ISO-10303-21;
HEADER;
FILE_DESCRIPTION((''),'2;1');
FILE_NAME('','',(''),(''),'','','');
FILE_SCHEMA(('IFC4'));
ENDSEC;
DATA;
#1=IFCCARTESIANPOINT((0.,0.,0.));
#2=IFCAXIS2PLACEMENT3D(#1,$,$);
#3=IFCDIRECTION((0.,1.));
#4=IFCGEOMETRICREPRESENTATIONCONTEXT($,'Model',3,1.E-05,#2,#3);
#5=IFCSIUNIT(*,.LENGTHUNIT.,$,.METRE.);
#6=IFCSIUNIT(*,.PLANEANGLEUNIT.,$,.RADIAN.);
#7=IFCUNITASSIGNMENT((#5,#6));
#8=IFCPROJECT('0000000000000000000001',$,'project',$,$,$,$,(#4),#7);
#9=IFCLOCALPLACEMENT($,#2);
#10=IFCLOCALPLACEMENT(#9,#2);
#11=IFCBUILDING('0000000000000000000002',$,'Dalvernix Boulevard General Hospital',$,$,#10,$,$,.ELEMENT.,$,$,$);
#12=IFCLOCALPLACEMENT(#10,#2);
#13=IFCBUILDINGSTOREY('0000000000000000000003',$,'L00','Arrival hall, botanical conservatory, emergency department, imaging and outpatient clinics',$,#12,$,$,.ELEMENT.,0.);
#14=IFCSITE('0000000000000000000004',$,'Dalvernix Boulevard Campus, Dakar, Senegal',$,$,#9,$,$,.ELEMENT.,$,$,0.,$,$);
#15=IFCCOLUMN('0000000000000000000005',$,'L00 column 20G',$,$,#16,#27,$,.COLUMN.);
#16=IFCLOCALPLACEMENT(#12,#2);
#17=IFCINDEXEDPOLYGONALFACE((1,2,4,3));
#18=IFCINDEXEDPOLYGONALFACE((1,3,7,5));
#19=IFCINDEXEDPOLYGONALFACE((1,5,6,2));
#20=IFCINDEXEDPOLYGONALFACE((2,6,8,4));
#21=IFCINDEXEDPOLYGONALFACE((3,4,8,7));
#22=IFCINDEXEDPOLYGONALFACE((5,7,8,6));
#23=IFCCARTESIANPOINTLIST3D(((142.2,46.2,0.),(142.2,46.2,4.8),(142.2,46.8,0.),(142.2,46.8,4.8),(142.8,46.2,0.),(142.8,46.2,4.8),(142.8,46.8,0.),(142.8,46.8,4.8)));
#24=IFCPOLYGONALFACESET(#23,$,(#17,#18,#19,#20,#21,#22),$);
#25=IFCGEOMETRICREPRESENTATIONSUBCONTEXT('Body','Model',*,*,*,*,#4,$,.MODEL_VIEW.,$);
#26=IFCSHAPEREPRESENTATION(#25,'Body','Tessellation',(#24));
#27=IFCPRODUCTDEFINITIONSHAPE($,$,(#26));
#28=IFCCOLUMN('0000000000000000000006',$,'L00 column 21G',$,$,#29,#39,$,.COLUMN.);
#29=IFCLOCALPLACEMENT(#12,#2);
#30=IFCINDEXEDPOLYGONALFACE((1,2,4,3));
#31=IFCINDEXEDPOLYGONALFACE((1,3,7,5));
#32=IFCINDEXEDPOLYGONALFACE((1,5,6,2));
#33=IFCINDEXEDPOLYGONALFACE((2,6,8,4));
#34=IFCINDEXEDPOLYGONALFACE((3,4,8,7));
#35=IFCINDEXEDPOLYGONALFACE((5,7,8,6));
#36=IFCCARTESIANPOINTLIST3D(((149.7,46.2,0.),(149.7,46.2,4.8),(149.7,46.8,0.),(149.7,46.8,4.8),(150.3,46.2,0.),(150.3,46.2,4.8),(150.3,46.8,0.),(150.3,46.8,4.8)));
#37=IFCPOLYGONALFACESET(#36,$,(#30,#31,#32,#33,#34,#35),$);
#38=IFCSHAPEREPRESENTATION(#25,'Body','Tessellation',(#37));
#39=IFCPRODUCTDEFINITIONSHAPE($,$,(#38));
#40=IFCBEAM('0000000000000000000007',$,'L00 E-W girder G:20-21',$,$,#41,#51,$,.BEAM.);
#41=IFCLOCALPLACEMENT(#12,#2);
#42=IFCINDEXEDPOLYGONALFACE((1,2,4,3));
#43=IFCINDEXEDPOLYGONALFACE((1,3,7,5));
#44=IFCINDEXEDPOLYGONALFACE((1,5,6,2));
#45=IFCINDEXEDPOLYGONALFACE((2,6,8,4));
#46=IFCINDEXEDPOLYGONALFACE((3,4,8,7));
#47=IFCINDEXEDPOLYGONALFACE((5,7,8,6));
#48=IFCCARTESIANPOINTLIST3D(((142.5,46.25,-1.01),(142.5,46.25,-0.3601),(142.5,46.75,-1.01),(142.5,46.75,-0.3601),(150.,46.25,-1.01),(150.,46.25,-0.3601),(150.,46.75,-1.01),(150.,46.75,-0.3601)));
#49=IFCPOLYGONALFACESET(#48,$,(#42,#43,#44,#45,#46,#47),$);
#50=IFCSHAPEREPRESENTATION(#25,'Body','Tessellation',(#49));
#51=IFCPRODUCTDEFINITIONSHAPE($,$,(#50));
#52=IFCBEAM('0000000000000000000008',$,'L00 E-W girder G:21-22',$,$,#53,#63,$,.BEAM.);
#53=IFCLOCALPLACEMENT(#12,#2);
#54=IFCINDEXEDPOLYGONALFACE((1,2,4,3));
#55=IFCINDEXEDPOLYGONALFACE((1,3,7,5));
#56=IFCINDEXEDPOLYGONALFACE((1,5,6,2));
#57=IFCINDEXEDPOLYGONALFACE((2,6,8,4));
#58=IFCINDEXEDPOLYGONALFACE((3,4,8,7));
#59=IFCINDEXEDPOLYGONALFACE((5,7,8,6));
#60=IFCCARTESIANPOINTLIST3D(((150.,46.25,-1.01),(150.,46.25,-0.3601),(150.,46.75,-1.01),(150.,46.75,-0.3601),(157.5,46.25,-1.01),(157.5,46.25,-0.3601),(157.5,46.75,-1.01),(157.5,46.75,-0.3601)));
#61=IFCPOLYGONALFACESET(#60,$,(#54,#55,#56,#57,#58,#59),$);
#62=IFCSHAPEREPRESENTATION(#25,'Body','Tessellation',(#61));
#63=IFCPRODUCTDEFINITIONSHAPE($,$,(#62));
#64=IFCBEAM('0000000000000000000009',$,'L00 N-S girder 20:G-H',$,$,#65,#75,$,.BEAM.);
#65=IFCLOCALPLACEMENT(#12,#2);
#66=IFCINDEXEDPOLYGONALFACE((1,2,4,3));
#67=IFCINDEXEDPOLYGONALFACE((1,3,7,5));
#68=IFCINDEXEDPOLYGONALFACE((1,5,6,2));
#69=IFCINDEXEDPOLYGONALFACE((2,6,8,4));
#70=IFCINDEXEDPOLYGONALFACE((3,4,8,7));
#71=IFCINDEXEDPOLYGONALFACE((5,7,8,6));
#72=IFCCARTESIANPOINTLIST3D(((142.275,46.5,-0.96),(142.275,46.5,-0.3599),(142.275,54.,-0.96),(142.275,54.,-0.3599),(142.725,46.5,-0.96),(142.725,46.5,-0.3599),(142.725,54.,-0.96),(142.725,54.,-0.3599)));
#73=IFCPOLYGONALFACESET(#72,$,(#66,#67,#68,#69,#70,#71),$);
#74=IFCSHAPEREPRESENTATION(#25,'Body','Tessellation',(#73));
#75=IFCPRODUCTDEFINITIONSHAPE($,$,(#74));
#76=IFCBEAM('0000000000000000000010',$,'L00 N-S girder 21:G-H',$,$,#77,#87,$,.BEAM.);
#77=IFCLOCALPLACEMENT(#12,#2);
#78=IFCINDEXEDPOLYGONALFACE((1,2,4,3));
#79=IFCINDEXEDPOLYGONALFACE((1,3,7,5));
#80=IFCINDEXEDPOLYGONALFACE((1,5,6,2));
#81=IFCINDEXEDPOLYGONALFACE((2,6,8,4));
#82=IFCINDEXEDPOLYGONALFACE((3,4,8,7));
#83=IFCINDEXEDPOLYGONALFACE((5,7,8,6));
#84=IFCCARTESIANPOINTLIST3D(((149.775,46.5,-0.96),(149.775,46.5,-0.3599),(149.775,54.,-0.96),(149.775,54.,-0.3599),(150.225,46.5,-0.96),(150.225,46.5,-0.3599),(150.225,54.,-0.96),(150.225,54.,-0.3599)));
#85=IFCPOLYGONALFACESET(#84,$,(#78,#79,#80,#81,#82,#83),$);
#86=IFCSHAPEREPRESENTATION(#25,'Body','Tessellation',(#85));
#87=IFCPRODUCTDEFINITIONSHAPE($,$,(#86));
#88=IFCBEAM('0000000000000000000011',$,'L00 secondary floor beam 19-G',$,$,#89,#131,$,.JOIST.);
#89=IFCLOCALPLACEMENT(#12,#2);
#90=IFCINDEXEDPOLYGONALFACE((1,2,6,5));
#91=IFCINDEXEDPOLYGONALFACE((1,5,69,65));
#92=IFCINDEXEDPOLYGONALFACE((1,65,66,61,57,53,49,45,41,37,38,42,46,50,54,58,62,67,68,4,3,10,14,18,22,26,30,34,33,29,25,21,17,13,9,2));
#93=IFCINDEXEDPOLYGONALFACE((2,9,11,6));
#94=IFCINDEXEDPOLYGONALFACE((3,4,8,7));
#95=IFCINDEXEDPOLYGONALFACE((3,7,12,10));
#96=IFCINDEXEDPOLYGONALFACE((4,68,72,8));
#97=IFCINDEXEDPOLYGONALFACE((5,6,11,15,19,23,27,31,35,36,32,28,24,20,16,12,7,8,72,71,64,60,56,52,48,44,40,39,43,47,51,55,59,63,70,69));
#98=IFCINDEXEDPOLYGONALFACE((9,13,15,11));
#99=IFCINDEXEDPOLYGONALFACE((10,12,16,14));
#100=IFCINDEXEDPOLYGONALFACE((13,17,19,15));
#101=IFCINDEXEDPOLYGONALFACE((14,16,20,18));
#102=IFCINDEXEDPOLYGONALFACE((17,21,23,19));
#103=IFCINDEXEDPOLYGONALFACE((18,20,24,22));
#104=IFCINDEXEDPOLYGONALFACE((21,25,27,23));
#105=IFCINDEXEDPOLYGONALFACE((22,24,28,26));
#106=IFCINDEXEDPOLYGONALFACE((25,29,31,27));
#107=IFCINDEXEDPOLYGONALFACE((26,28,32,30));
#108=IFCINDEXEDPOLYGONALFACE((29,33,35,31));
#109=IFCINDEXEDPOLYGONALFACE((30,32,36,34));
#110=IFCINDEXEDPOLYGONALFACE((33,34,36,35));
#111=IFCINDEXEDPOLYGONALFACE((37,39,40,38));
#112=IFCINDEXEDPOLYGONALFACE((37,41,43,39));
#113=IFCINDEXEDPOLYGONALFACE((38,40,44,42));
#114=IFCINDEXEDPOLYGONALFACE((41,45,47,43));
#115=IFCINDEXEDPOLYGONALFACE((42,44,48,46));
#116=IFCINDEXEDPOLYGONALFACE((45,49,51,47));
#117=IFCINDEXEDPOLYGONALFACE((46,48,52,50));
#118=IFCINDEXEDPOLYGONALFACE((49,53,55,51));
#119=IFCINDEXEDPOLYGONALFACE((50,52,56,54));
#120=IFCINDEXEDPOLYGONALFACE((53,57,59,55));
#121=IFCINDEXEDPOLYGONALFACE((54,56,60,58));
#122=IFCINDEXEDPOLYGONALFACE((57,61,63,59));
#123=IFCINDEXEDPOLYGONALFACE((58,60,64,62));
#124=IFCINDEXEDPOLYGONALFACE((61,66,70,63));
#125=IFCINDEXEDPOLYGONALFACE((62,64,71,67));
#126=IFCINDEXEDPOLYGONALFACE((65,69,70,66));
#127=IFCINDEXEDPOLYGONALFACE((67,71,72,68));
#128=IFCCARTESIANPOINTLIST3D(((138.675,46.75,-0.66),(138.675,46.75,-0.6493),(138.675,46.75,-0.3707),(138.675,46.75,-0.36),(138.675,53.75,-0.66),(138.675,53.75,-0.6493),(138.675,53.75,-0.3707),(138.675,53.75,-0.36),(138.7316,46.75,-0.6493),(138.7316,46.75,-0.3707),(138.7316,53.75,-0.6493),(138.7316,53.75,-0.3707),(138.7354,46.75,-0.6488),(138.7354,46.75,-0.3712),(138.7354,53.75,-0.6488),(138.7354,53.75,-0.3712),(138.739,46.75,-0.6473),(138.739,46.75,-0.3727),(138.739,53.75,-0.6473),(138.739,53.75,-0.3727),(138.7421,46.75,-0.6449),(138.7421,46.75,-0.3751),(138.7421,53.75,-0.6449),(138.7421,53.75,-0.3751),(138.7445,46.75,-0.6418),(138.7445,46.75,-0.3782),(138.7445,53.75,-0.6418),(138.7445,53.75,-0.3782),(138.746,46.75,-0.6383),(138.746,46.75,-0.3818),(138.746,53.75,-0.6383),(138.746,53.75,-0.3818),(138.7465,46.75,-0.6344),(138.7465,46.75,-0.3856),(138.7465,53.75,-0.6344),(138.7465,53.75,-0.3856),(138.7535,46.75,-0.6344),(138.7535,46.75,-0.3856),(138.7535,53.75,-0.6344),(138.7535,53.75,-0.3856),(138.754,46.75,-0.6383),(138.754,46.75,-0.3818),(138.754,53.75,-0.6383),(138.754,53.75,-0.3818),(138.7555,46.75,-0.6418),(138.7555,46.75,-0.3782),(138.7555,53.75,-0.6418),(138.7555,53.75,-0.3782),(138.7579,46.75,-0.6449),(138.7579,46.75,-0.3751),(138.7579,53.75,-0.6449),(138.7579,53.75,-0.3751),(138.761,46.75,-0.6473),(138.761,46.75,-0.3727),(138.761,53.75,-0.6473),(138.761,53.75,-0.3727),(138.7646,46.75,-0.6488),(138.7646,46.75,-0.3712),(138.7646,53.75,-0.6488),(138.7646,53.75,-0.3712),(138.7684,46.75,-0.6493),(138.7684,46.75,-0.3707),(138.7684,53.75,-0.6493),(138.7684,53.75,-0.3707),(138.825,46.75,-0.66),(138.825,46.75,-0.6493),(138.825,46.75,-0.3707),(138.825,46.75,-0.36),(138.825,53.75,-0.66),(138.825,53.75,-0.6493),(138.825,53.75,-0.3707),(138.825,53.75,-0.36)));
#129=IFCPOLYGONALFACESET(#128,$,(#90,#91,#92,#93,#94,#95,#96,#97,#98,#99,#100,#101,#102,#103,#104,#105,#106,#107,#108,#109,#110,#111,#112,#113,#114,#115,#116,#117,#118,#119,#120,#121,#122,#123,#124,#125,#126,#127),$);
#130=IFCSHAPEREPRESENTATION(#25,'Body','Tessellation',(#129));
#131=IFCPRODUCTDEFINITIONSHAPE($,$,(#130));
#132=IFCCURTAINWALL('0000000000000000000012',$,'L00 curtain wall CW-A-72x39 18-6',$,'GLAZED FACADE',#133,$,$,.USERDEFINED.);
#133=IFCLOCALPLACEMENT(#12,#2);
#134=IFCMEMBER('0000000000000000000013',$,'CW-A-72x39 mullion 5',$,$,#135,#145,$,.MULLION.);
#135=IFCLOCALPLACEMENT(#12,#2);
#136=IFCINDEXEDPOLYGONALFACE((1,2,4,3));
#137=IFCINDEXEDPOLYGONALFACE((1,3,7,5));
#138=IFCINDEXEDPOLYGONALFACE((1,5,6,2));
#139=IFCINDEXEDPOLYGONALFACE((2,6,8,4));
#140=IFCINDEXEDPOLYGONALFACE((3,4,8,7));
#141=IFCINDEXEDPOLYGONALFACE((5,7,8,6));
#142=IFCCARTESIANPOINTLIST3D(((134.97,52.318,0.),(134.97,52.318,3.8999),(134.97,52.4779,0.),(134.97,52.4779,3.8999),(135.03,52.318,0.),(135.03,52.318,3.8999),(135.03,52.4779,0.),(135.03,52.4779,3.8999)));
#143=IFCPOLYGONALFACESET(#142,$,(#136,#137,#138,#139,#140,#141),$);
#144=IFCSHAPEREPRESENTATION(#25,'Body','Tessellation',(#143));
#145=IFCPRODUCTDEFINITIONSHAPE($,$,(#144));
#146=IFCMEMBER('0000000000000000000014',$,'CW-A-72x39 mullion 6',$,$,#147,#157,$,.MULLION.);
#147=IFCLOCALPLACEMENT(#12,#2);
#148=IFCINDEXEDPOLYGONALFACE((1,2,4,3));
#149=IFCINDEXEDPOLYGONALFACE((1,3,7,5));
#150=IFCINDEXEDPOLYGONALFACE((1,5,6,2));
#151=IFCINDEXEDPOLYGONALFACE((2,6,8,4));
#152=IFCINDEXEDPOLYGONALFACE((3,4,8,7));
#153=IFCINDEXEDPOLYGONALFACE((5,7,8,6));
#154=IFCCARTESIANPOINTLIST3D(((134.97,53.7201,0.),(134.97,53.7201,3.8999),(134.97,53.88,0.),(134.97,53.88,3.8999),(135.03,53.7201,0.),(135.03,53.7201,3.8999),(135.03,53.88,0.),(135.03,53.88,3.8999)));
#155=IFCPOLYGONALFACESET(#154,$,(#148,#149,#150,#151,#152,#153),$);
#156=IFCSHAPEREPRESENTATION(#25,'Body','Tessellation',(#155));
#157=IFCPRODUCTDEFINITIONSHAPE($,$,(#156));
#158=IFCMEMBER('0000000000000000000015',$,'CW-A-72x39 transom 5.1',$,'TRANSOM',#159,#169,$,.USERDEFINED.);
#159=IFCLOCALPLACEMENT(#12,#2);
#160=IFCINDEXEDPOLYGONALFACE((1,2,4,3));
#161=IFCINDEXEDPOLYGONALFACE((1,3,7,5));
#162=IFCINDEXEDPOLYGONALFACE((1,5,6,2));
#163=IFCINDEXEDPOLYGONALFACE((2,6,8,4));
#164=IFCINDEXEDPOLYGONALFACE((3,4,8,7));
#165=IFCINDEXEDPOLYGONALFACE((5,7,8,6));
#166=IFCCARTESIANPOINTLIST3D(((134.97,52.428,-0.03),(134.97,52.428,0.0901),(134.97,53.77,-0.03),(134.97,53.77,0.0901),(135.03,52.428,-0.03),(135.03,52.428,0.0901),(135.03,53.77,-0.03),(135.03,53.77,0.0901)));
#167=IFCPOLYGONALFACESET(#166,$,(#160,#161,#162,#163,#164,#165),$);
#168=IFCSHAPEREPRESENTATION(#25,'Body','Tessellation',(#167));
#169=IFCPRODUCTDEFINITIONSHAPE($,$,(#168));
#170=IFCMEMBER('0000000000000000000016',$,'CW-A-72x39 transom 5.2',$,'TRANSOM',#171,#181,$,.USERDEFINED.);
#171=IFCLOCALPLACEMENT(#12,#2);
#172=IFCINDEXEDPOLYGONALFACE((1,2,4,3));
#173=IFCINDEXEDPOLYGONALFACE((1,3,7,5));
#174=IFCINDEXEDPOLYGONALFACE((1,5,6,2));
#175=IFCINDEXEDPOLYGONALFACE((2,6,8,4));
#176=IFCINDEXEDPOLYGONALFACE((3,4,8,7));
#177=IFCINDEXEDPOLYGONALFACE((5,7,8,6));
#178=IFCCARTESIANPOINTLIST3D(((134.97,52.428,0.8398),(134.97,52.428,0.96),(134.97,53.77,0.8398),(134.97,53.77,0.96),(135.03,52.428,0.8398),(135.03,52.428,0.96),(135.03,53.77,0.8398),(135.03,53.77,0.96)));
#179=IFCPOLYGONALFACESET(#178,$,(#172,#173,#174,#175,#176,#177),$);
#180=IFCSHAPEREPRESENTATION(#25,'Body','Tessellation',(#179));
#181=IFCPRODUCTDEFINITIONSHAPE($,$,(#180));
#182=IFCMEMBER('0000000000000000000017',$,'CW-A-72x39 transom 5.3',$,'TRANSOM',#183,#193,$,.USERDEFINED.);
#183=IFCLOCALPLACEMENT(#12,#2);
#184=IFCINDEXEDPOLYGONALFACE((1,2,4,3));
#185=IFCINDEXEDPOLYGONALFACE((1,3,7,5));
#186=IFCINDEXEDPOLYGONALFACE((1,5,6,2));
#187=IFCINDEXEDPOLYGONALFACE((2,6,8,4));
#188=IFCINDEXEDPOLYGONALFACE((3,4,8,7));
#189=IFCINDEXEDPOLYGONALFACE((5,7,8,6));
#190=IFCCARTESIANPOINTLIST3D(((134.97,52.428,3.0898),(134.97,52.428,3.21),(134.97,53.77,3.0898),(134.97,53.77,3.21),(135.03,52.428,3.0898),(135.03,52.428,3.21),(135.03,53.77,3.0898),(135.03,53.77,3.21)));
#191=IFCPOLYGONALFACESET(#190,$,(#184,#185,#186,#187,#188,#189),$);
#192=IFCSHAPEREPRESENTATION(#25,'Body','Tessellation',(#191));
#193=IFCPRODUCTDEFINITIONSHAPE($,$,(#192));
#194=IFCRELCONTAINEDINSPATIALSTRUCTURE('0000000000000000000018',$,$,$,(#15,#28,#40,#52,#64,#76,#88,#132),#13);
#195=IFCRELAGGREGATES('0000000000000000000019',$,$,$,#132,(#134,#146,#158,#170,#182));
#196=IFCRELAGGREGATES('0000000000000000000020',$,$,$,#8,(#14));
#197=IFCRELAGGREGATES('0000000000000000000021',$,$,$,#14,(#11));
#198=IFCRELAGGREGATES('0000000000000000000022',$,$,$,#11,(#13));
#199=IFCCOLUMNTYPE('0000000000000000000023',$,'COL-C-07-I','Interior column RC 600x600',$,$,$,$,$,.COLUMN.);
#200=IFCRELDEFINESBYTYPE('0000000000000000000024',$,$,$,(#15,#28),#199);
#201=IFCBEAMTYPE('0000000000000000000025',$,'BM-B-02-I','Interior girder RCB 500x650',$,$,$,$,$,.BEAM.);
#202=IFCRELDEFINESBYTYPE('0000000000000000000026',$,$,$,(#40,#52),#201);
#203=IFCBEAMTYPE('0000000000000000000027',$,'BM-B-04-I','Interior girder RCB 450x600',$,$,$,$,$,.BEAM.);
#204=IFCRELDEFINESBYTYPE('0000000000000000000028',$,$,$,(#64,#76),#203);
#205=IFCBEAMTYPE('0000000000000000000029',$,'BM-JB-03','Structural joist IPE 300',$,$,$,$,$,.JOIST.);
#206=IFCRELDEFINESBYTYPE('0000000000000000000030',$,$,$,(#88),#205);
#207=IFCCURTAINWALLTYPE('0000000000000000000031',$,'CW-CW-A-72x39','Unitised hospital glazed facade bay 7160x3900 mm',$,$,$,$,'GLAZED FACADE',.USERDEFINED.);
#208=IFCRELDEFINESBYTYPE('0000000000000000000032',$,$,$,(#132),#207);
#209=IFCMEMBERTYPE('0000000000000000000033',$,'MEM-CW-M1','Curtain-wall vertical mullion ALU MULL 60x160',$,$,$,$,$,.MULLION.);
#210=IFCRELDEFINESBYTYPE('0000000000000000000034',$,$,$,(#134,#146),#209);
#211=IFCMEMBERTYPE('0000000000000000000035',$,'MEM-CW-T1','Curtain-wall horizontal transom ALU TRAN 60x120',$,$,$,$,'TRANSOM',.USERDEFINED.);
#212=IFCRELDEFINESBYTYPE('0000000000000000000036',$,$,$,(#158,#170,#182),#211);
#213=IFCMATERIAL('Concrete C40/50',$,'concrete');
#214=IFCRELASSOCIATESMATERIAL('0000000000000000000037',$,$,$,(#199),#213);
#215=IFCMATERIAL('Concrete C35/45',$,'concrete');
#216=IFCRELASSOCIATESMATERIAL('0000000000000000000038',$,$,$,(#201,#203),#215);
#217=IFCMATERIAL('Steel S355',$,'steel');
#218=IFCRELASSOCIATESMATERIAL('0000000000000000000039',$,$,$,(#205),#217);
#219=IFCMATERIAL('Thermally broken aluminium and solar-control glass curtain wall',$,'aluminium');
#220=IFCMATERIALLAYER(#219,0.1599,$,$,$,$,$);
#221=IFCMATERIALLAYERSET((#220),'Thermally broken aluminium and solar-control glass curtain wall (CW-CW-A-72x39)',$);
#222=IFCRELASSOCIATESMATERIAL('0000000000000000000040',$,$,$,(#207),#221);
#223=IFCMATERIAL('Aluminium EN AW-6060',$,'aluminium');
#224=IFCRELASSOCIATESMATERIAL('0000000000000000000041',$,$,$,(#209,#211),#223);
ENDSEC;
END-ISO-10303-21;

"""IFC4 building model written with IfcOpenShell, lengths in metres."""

from ifc_helpers import new_model, si_unit, direction, frame, origin, origin_2d, place, context, subcontext, project, spatial, rectangle, i_section, extrude, material, layer, layer_set, material_profile, profile_set, type_object, element, aggregate, save


model = new_model("IFC4")

# Units and contexts
model_context = context("Model", 3, precision=1e-05, world=origin(), true_north=direction((0.0, 1.0)))
body_context = subcontext(model_context, "Body", "Model", "MODEL_VIEW")
ifc_project = project(units=[si_unit("LENGTHUNIT", "METRE"), si_unit("PLANEANGLEUNIT", "RADIAN")], contexts=[model_context])

# Site, building, storey
site_placement = place(None, origin())
site = spatial("IfcSite", under=ifc_project, at=site_placement, Name="Dalvernix Boulevard Campus, Dakar, Senegal", CompositionType="ELEMENT", RefElevation=0.0)
building_placement = place(site_placement, origin())
building = spatial("IfcBuilding", under=site, at=building_placement, Name="Dalvernix Boulevard General Hospital", CompositionType="ELEMENT")
storey_placement = place(building_placement, origin())
storey = spatial("IfcBuildingStorey", under=building, at=storey_placement, Name="L00", Description="Arrival hall, botanical conservatory, emergency department, imaging and outpatient clinics", CompositionType="ELEMENT", Elevation=0.0)

# Columns
ifc_material_1 = material(Name="Concrete C40/50", Category="concrete")
ifc_material_profile_1 = material_profile(ifc_material_1, rectangle(XDim=0.6001, YDim=0.6001, at=origin_2d()), Name="RC 600x600")
ifc_profile_set_1 = profile_set([ifc_material_profile_1], Name="Concrete C40/50")
column_type = type_object("IfcColumnType", Name="COL-C-07-I", Description="Interior column RC 600x600", PredefinedType="COLUMN", material=ifc_profile_set_1)
for number, where, z_axis, x_axis, name in (
    (1, (142.5, 46.5, 0.0), (0.0, 0.0, 1.0), (1.0, 0.0, 0.0), "L00 column 20G"),
    (2, (150.0, 46.5, 0.0), (0.0, 0.0, 1.0), (1.0, 0.0, 0.0), "L00 column 21G"),
):
    element("IfcColumn", number, at=place(storey_placement, frame(where, z_axis=z_axis, x_axis=x_axis)), inside=storey, type_object=column_type, Name=name, PredefinedType="COLUMN", context=body_context, shape_type="SweptSolid", body=[
        extrude(rectangle(XDim=0.6001, YDim=0.6001, at=origin_2d()), origin(), (0.0, 0.0, 1.0), 4.8),
    ])

# Beams
ifc_material_2 = material(Name="Concrete C35/45", Category="concrete")
ifc_material_profile_2 = material_profile(ifc_material_2, rectangle(XDim=0.5, YDim=0.6499, at=origin_2d()), Name="RCB 500x650")
ifc_profile_set_2 = profile_set([ifc_material_profile_2], Name="Concrete C35/45")
beam_type_1 = type_object("IfcBeamType", Name="BM-B-02-I", Description="Interior girder RCB 500x650", PredefinedType="BEAM", material=ifc_profile_set_2)
for number, where, z_axis, x_axis, name in (
    (3, (142.5, 46.5, -0.6851), (1.0, 0.0, 0.0), (0.0, 1.0, 0.0), "L00 E-W girder G:20-21"),
    (4, (150.0, 46.5, -0.6851), (1.0, 0.0, 0.0), (0.0, 1.0, 0.0), "L00 E-W girder G:21-22"),
):
    element("IfcBeam", number, at=place(storey_placement, frame(where, z_axis=z_axis, x_axis=x_axis)), inside=storey, type_object=beam_type_1, Name=name, PredefinedType="BEAM", context=body_context, shape_type="SweptSolid", body=[
        extrude(rectangle(XDim=0.5, YDim=0.6499, at=origin_2d()), origin(), (0.0, 0.0, 1.0), 7.5),
    ])
ifc_material_profile_3 = material_profile(ifc_material_2, rectangle(XDim=0.45, YDim=0.6001, at=origin_2d()), Name="RCB 450x600")
ifc_profile_set_3 = profile_set([ifc_material_profile_3], Name="Concrete C35/45")
beam_type_2 = type_object("IfcBeamType", Name="BM-B-04-I", Description="Interior girder RCB 450x600", PredefinedType="BEAM", material=ifc_profile_set_3)
for number, where, z_axis, x_axis, name in (
    (5, (142.5, 46.5, -0.6599), (0.0, 1.0, 0.0), (-1.0, 0.0, 0.0), "L00 N-S girder 20:G-H"),
    (6, (150.0, 46.5, -0.6599), (0.0, 1.0, 0.0), (-1.0, 0.0, 0.0), "L00 N-S girder 21:G-H"),
):
    element("IfcBeam", number, at=place(storey_placement, frame(where, z_axis=z_axis, x_axis=x_axis)), inside=storey, type_object=beam_type_2, Name=name, PredefinedType="BEAM", context=body_context, shape_type="SweptSolid", body=[
        extrude(rectangle(XDim=0.45, YDim=0.6001, at=origin_2d()), origin(), (0.0, 0.0, 1.0), 7.5),
    ])
ifc_material_3 = material(Name="Steel S355", Category="steel")
ifc_material_profile_4 = material_profile(ifc_material_3, i_section(OverallWidth=0.1499, OverallDepth=0.3, WebThickness=0.0071, FlangeThickness=0.0107, FilletRadius=0.0149, at=origin_2d()), Name="IPE 300")
ifc_profile_set_4 = profile_set([ifc_material_profile_4], Name="Steel S355")
beam_type_3 = type_object("IfcBeamType", Name="BM-JB-03", Description="Structural joist IPE 300", PredefinedType="JOIST", material=ifc_profile_set_4)
beam_placement = place(storey_placement, frame((138.75, 46.75, -0.51), z_axis=(0.0, 1.0, 0.0), x_axis=(-1.0, 0.0, 0.0)))
element("IfcBeam", 7, at=beam_placement, inside=storey, type_object=beam_type_3, Name="L00 secondary floor beam 19-G", PredefinedType="JOIST", context=body_context, shape_type="SweptSolid", body=[
    extrude(i_section(OverallWidth=0.1499, OverallDepth=0.3, WebThickness=0.0071, FlangeThickness=0.0107, FilletRadius=0.0149, at=origin_2d()), origin(), (0.0, 0.0, 1.0), 7.0),
])

# Curtain wall, members
ifc_material_4 = material(Name="Thermally broken aluminium and solar-control glass curtain wall", Category="aluminium")
ifc_layer_1 = layer(ifc_material_4, 0.1599)
ifc_layer_set_1 = layer_set([ifc_layer_1], Name="Thermally broken aluminium and solar-control glass curtain wall (CW-CW-A-72x39)")
curtain_wall_type = type_object("IfcCurtainWallType", Name="CW-CW-A-72x39", Description="Unitised hospital glazed facade bay 7160x3900 mm", ElementType="GLAZED FACADE", PredefinedType="USERDEFINED", material=ifc_layer_set_1)
curtain_wall_placement = place(storey_placement, origin())
curtain_wall = element("IfcCurtainWall", 8, at=curtain_wall_placement, inside=storey, type_object=curtain_wall_type, Name="L00 curtain wall CW-A-72x39 18-6", ObjectType="GLAZED FACADE", PredefinedType="USERDEFINED")
ifc_material_5 = material(Name="Aluminium EN AW-6060", Category="aluminium")
ifc_material_profile_5 = material_profile(ifc_material_5, rectangle(XDim=0.0601, YDim=0.1599, at=origin_2d()), Name="ALU MULL 60x160")
ifc_profile_set_5 = profile_set([ifc_material_profile_5], Name="Aluminium EN AW-6060")
member_type_1 = type_object("IfcMemberType", Name="MEM-CW-M1", Description="Curtain-wall vertical mullion ALU MULL 60x160", PredefinedType="MULLION", material=ifc_profile_set_5)
member_1_placement = place(storey_placement, frame((135.0, 52.3979, 0.0), z_axis=(0.0, 0.0, 1.0), x_axis=(-1.0, 0.0, 0.0)))
member_1 = element("IfcMember", 9, at=member_1_placement, type_object=member_type_1, Name="CW-A-72x39 mullion 5", PredefinedType="MULLION", context=body_context, shape_type="SweptSolid", body=[
    extrude(rectangle(XDim=0.0601, YDim=0.1599, at=origin_2d()), origin(), (0.0, 0.0, 1.0), 3.8999),
])
member_2_placement = place(storey_placement, frame((135.0, 53.8, 0.0), z_axis=(0.0, 0.0, 1.0), x_axis=(-1.0, 0.0, 0.0)))
member_2 = element("IfcMember", 10, at=member_2_placement, type_object=member_type_1, Name="CW-A-72x39 mullion 6", PredefinedType="MULLION", context=body_context, shape_type="SweptSolid", body=[
    extrude(rectangle(XDim=0.0601, YDim=0.1599, at=origin_2d()), origin(), (0.0, 0.0, 1.0), 3.8999),
])
ifc_material_profile_6 = material_profile(ifc_material_5, rectangle(XDim=0.0601, YDim=0.1201, at=origin_2d()), Name="ALU TRAN 60x120")
ifc_profile_set_6 = profile_set([ifc_material_profile_6], Name="Aluminium EN AW-6060")
member_type_2 = type_object("IfcMemberType", Name="MEM-CW-T1", Description="Curtain-wall horizontal transom ALU TRAN 60x120", ElementType="TRANSOM", PredefinedType="USERDEFINED", material=ifc_profile_set_6)
member_3_placement = place(storey_placement, frame((135.0, 52.428, 0.03), z_axis=(0.0, 1.0, 0.0), x_axis=(-1.0, 0.0, 0.0)))
member_3 = element("IfcMember", 11, at=member_3_placement, type_object=member_type_2, Name="CW-A-72x39 transom 5.1", ObjectType="TRANSOM", PredefinedType="USERDEFINED", context=body_context, shape_type="SweptSolid", body=[
    extrude(rectangle(XDim=0.0601, YDim=0.1201, at=origin_2d()), origin(), (0.0, 0.0, 1.0), 1.342),
])
member_4_placement = place(storey_placement, frame((135.0, 52.428, 0.8999), z_axis=(0.0, 1.0, 0.0), x_axis=(-1.0, 0.0, 0.0)))
member_4 = element("IfcMember", 12, at=member_4_placement, type_object=member_type_2, Name="CW-A-72x39 transom 5.2", ObjectType="TRANSOM", PredefinedType="USERDEFINED", context=body_context, shape_type="SweptSolid", body=[
    extrude(rectangle(XDim=0.0601, YDim=0.1201, at=origin_2d()), origin(), (0.0, 0.0, 1.0), 1.342),
])
member_5_placement = place(storey_placement, frame((135.0, 52.428, 3.1499), z_axis=(0.0, 1.0, 0.0), x_axis=(-1.0, 0.0, 0.0)))
member_5 = element("IfcMember", 13, at=member_5_placement, type_object=member_type_2, Name="CW-A-72x39 transom 5.3", ObjectType="TRANSOM", PredefinedType="USERDEFINED", context=body_context, shape_type="SweptSolid", body=[
    extrude(rectangle(XDim=0.0601, YDim=0.1201, at=origin_2d()), origin(), (0.0, 0.0, 1.0), 1.342),
])
aggregate(curtain_wall, [member_1, member_2, member_3, member_4, member_5])

save(model, "model.ifc")
